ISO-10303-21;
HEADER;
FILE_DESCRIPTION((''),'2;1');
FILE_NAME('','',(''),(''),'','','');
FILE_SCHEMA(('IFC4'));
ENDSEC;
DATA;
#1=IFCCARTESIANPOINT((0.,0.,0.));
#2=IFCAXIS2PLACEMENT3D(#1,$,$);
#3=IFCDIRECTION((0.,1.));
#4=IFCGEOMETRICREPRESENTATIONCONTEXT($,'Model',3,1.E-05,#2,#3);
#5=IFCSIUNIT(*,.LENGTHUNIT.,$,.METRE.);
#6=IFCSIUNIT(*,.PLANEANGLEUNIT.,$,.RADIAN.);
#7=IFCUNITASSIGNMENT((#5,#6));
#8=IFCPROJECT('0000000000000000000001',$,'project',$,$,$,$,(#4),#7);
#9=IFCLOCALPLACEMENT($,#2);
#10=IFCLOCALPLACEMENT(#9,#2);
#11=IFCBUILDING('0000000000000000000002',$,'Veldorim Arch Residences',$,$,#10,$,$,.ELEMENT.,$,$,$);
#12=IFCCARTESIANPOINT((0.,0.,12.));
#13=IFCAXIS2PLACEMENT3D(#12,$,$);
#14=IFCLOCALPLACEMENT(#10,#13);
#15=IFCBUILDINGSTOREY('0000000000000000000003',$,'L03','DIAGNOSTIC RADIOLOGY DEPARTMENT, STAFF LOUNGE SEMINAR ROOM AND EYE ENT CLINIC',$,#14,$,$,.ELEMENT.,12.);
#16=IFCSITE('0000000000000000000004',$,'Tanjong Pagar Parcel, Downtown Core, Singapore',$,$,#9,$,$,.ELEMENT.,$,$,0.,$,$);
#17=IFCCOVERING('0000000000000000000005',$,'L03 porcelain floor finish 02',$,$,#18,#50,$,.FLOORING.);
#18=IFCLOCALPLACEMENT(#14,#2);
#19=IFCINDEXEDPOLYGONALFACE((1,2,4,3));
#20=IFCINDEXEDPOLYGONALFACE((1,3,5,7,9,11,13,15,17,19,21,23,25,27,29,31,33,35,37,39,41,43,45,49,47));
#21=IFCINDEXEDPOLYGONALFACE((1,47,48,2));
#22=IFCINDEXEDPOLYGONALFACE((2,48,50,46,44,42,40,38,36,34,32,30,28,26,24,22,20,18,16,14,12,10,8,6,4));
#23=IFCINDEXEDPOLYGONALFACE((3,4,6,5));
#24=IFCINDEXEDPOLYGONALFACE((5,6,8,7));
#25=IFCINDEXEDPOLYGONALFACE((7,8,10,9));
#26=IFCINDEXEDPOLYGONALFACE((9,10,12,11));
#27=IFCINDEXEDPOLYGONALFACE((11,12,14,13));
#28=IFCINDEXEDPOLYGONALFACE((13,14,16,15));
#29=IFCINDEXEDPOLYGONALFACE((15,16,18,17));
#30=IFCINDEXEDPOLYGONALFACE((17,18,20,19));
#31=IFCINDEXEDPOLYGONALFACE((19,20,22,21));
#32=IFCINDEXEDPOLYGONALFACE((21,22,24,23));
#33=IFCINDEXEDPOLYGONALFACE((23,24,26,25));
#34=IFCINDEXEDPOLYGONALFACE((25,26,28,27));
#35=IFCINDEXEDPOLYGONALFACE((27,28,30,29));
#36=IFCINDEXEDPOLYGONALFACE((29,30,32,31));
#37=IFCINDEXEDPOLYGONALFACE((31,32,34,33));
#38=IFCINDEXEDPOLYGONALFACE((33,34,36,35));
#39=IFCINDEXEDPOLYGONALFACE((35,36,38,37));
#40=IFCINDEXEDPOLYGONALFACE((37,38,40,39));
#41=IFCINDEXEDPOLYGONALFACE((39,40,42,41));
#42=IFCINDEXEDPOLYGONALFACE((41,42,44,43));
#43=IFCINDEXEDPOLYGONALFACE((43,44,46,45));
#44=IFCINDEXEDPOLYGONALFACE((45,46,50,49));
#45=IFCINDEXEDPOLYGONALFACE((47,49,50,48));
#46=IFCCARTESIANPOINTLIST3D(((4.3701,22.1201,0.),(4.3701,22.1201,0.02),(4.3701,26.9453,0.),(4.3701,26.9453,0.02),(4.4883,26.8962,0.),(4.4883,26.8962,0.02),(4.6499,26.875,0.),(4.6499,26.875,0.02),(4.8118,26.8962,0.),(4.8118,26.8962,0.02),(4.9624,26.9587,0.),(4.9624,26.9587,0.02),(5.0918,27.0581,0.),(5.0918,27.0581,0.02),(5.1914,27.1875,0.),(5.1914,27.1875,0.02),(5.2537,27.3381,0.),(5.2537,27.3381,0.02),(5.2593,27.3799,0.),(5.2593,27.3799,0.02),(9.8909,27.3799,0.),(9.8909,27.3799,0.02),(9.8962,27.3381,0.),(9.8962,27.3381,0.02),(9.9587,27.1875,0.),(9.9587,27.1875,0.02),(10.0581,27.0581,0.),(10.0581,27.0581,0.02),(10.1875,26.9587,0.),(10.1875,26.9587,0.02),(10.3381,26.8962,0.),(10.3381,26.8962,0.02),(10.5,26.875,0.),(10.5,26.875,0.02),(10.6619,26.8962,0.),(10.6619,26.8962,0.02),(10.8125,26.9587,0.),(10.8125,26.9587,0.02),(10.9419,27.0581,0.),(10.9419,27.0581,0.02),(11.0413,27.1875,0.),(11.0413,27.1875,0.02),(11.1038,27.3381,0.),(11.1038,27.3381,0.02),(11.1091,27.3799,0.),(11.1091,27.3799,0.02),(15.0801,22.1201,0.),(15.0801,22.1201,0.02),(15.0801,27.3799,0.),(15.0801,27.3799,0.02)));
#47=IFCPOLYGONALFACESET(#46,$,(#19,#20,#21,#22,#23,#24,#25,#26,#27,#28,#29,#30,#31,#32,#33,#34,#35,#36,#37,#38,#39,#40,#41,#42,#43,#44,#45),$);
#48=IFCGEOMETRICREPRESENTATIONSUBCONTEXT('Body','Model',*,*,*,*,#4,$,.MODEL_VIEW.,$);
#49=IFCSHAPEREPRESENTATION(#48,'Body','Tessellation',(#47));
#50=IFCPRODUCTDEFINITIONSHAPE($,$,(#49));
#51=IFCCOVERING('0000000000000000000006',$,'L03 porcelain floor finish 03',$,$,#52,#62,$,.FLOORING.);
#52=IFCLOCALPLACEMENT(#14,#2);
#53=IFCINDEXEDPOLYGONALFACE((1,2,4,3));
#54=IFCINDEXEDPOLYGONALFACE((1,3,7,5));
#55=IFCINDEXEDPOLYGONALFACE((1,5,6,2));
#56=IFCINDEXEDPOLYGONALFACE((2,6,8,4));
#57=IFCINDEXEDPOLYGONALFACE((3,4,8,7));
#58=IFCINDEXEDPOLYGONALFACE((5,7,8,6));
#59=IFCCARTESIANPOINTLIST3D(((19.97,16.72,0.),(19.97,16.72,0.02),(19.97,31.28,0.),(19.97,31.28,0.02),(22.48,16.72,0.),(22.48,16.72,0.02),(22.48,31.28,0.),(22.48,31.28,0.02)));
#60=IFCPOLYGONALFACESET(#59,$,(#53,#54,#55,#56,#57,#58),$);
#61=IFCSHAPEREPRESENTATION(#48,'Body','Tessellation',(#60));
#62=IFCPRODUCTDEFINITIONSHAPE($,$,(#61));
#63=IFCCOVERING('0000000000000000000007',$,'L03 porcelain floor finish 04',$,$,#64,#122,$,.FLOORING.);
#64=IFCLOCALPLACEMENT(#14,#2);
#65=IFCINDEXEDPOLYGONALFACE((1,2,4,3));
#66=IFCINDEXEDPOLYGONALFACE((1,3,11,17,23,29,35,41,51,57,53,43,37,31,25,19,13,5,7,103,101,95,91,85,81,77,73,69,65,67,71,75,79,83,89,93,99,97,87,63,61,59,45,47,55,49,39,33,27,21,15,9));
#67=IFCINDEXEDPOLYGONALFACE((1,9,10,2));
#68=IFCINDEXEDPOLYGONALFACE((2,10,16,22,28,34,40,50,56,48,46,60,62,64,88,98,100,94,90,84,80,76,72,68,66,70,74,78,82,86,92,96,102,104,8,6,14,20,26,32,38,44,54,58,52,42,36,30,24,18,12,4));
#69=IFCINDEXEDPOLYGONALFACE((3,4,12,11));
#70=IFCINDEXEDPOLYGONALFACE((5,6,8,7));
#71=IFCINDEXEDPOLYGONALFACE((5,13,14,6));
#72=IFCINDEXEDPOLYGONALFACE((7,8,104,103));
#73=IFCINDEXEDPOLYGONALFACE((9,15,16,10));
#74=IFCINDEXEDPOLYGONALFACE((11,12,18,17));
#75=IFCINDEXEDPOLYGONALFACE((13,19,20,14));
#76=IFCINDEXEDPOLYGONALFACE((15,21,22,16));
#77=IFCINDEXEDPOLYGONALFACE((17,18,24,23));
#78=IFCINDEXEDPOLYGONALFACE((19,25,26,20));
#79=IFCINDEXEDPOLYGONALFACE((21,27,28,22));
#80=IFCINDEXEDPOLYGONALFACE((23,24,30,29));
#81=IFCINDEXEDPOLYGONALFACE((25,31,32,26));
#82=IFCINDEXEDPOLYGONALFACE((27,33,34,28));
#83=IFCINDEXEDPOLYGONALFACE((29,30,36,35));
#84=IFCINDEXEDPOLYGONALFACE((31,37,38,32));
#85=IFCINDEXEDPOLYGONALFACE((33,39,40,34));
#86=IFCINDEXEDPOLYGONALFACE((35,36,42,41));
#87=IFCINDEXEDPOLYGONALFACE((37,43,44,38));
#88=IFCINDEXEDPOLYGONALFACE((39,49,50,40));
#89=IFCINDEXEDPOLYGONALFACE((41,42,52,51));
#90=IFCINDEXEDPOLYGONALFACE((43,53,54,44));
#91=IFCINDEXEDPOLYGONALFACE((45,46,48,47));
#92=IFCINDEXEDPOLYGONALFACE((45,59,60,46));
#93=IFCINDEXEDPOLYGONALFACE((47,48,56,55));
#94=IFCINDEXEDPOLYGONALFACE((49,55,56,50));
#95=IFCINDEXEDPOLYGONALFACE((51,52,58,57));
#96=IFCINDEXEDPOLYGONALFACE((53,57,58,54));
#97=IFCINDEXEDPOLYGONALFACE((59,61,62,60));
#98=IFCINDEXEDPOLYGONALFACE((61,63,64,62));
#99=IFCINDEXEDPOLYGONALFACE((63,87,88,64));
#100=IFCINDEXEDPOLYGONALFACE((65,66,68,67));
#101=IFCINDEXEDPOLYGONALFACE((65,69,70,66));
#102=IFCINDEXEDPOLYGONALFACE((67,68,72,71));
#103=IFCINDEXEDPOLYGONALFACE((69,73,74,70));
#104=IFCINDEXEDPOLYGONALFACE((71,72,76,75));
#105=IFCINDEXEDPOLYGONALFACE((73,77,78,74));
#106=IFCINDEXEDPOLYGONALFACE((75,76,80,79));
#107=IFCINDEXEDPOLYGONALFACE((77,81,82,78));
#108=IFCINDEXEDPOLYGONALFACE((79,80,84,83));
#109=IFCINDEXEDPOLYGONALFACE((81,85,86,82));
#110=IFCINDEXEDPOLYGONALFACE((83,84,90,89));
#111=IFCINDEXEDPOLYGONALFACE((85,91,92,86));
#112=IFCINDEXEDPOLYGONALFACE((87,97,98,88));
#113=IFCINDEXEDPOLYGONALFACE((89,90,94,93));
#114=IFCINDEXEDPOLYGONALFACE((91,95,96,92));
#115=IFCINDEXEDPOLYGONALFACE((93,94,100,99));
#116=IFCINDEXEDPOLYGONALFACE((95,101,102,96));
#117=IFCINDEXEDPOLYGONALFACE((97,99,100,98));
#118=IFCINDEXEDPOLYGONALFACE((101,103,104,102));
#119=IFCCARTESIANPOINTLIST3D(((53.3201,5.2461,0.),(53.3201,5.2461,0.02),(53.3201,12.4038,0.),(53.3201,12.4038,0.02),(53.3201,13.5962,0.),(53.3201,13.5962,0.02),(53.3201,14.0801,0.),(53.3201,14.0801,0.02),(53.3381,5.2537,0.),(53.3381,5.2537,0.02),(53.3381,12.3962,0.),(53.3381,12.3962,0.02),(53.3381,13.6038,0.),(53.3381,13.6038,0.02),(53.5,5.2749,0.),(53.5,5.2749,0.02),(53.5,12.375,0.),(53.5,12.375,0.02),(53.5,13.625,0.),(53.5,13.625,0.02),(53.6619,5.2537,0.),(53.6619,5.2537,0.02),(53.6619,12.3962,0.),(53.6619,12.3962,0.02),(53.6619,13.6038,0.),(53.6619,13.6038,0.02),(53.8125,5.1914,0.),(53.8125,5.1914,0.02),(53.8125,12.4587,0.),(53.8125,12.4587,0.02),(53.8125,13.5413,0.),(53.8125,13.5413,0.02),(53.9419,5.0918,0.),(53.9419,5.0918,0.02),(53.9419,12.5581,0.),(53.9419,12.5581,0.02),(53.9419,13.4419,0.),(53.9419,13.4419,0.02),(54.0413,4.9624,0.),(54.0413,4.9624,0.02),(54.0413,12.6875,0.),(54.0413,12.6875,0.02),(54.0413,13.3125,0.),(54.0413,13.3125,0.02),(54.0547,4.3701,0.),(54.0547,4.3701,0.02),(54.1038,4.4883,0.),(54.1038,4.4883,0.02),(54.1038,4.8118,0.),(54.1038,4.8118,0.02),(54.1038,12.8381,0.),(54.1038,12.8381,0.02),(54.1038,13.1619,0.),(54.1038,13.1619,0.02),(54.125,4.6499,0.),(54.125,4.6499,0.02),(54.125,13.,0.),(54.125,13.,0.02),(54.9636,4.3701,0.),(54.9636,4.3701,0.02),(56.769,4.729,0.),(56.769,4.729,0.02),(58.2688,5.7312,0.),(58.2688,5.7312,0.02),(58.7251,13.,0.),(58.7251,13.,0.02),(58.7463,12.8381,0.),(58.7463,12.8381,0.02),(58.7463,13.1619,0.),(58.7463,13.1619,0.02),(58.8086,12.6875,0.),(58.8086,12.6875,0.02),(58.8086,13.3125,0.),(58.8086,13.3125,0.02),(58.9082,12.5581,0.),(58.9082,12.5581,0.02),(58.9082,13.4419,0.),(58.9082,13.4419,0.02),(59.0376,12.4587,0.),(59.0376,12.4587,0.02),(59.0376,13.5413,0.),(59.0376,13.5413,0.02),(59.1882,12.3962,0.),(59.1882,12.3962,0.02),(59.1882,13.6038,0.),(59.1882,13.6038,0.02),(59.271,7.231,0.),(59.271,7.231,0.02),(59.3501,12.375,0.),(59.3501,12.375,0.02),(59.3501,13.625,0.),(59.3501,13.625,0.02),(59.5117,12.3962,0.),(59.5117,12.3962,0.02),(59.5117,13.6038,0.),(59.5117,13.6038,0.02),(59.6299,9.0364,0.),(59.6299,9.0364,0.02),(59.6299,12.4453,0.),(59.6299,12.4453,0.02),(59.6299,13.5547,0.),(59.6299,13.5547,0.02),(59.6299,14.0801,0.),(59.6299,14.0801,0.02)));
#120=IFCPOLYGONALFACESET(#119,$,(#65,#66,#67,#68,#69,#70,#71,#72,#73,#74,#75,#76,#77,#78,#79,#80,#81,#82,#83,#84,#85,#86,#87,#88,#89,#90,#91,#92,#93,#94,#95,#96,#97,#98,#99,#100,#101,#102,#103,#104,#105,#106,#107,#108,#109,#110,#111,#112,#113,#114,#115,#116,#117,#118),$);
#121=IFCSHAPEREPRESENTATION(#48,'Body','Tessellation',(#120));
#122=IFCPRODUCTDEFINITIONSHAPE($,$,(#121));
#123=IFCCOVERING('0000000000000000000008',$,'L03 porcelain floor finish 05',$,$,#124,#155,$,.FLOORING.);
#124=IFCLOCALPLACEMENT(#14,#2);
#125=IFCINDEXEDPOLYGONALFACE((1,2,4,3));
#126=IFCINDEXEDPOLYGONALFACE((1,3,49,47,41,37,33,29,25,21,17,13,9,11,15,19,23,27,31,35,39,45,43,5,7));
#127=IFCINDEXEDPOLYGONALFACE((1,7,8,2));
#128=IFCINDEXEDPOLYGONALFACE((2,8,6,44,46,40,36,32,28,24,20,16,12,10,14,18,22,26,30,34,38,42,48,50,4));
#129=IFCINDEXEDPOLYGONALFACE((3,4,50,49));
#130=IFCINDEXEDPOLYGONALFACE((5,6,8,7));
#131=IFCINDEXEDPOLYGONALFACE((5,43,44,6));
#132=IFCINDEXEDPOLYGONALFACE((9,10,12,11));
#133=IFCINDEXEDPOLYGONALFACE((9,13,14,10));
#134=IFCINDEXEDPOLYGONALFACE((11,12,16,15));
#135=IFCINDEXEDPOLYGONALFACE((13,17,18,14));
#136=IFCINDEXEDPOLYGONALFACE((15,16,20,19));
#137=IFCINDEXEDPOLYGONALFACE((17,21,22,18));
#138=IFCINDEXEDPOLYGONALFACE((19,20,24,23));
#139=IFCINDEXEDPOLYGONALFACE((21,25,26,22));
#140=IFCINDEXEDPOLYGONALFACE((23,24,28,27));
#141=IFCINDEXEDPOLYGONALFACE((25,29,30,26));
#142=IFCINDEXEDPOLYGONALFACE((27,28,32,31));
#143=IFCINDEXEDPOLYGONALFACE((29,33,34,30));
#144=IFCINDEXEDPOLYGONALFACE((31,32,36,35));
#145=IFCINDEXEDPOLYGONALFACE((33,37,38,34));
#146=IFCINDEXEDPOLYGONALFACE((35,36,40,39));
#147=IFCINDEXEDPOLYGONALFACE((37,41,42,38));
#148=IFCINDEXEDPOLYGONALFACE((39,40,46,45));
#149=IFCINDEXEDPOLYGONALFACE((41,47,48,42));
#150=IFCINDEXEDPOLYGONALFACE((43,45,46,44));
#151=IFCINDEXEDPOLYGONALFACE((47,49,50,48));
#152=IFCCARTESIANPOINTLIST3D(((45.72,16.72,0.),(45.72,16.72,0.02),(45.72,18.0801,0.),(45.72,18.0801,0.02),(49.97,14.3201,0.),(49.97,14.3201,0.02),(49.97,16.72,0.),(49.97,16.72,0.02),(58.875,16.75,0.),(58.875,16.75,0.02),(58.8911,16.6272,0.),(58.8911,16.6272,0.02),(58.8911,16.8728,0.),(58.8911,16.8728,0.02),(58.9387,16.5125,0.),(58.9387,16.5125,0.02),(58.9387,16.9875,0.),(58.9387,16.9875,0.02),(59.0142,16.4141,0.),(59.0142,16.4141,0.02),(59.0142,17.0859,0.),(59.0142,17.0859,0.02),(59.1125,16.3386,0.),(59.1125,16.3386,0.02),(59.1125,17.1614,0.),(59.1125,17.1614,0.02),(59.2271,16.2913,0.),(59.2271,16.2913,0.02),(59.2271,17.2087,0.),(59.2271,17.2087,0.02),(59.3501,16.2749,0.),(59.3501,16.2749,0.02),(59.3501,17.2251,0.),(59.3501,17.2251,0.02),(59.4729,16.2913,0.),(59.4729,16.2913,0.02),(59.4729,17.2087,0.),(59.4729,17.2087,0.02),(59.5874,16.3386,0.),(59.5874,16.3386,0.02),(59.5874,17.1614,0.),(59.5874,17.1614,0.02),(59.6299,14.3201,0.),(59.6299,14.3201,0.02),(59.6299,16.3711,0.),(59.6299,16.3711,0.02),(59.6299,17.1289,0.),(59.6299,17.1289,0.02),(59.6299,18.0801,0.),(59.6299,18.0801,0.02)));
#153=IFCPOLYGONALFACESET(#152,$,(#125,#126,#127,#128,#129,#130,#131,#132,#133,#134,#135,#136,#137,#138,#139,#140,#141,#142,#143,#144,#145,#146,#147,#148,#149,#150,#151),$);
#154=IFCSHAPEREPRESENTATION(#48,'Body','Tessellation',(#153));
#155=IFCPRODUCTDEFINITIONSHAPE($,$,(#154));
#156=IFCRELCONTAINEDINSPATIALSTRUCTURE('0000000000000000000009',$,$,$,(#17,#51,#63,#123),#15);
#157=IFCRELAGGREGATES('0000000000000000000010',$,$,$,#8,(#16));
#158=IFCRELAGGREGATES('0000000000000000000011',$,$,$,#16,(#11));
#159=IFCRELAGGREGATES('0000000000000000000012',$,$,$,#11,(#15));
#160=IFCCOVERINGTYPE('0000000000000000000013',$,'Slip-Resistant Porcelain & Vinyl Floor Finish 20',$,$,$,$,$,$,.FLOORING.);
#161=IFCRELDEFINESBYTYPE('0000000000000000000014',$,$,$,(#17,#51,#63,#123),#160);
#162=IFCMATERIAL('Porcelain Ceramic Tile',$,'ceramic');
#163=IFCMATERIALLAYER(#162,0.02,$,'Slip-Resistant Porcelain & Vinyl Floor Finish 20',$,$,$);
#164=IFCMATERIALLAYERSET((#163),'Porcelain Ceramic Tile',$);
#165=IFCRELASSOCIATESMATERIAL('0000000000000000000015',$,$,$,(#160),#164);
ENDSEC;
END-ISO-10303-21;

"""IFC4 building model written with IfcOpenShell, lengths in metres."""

from ifc_helpers import new_model, si_unit, direction, frame, origin, place, context, subcontext, project, spatial, polyline, outline, extrude, material, layer, layer_set, type_object, element, save


model = new_model("IFC4")

# Units and contexts
model_context = context("Model", 3, precision=1e-05, world=origin(), true_north=direction((0.0, 1.0)))
body_context = subcontext(model_context, "Body", "Model", "MODEL_VIEW")
ifc_project = project(units=[si_unit("LENGTHUNIT", "METRE"), si_unit("PLANEANGLEUNIT", "RADIAN")], contexts=[model_context])

# Site, building, storey
site_placement = place(None, origin())
site = spatial("IfcSite", under=ifc_project, at=site_placement, Name="Tanjong Pagar Parcel, Downtown Core, Singapore", CompositionType="ELEMENT", RefElevation=0.0)
building_placement = place(site_placement, origin())
building = spatial("IfcBuilding", under=site, at=building_placement, Name="Veldorim Arch Residences", CompositionType="ELEMENT")
storey_placement = place(building_placement, frame((0.0, 0.0, 12.0)))
storey = spatial("IfcBuildingStorey", under=building, at=storey_placement, Name="L03", Description="DIAGNOSTIC RADIOLOGY DEPARTMENT, STAFF LOUNGE SEMINAR ROOM AND EYE ENT CLINIC", CompositionType="ELEMENT", Elevation=12.0)

# Coverings
ifc_material_1 = material(Name="Porcelain Ceramic Tile", Category="ceramic")
ifc_layer_1 = layer(ifc_material_1, 0.02, Name="Slip-Resistant Porcelain & Vinyl Floor Finish 20")
ifc_layer_set_1 = layer_set([ifc_layer_1], Name="Porcelain Ceramic Tile")
covering_type_1 = type_object("IfcCoveringType", Name="Slip-Resistant Porcelain & Vinyl Floor Finish 20", PredefinedType="FLOORING", material=ifc_layer_set_1)
covering_1_placement = place(storey_placement, origin())
element("IfcCovering", 1, at=covering_1_placement, inside=storey, type_object=covering_type_1, Name="L03 porcelain floor finish 02", PredefinedType="FLOORING", context=body_context, shape_type="SweptSolid", body=[
    extrude(outline(polyline([(4.3701, 26.9453), (4.4883, 26.8962), (4.6499, 26.875), (4.8118, 26.8962), (4.9624, 26.9587), (5.0918, 27.0581), (5.1914, 27.1875), (5.2537, 27.3381), (5.2593, 27.3799), (9.8909, 27.3799), (9.8962, 27.3381), (9.9587, 27.1875), (10.0581, 27.0581), (10.1875, 26.9587), (10.3381, 26.8962), (10.5, 26.875), (10.6619, 26.8962), (10.8125, 26.9587), (10.9419, 27.0581), (11.0413, 27.1875), (11.1038, 27.3381), (11.1091, 27.3799), (15.0801, 27.3799), (15.0801, 22.1201), (4.3701, 22.1201), (4.3701, 26.9453)])), origin(), (0.0, 0.0, 1.0), 0.02),
])
covering_2_placement = place(storey_placement, origin())
element("IfcCovering", 2, at=covering_2_placement, inside=storey, type_object=covering_type_1, Name="L03 porcelain floor finish 03", PredefinedType="FLOORING", context=body_context, shape_type="SweptSolid", body=[
    extrude(outline(polyline([(22.48, 31.28), (22.48, 16.72), (19.97, 16.72), (19.97, 31.28), (22.48, 31.28)])), origin(), (0.0, 0.0, 1.0), 0.02),
])
covering_3_placement = place(storey_placement, origin())
element("IfcCovering", 3, at=covering_3_placement, inside=storey, type_object=covering_type_1, Name="L03 porcelain floor finish 04", PredefinedType="FLOORING", context=body_context, shape_type="SweptSolid", body=[
    extrude(outline(polyline([(58.2688, 5.7312), (56.769, 4.729), (54.9636, 4.3701), (54.0547, 4.3701), (54.1038, 4.4883), (54.125, 4.6499), (54.1038, 4.8118), (54.0413, 4.9624), (53.9419, 5.0918), (53.8125, 5.1914), (53.6619, 5.2537), (53.5, 5.2749), (53.3381, 5.2537), (53.3201, 5.2461), (53.3201, 12.4038), (53.3381, 12.3962), (53.5, 12.375), (53.6619, 12.3962), (53.8125, 12.4587), (53.9419, 12.5581), (54.0413, 12.6875), (54.1038, 12.8381), (54.125, 13.0), (54.1038, 13.1619), (54.0413, 13.3125), (53.9419, 13.4419), (53.8125, 13.5413), (53.6619, 13.6038), (53.5, 13.625), (53.3381, 13.6038), (53.3201, 13.5962), (53.3201, 14.0801), (59.6299, 14.0801), (59.6299, 13.5547), (59.5117, 13.6038), (59.3501, 13.625), (59.1882, 13.6038), (59.0376, 13.5413), (58.9082, 13.4419), (58.8086, 13.3125), (58.7463, 13.1619), (58.7251, 13.0), (58.7463, 12.8381), (58.8086, 12.6875), (58.9082, 12.5581), (59.0376, 12.4587), (59.1882, 12.3962), (59.3501, 12.375), (59.5117, 12.3962), (59.6299, 12.4453), (59.6299, 9.0364), (59.271, 7.231), (58.2688, 5.7312)])), origin(), (0.0, 0.0, 1.0), 0.02),
])
covering_4_placement = place(storey_placement, origin())
element("IfcCovering", 4, at=covering_4_placement, inside=storey, type_object=covering_type_1, Name="L03 porcelain floor finish 05", PredefinedType="FLOORING", context=body_context, shape_type="SweptSolid", body=[
    extrude(outline(polyline([(49.97, 16.72), (45.72, 16.72), (45.72, 18.0801), (59.6299, 18.0801), (59.6299, 17.1289), (59.5874, 17.1614), (59.4729, 17.2087), (59.3501, 17.2251), (59.2271, 17.2087), (59.1125, 17.1614), (59.0142, 17.0859), (58.9387, 16.9875), (58.8911, 16.8728), (58.875, 16.75), (58.8911, 16.6272), (58.9387, 16.5125), (59.0142, 16.4141), (59.1125, 16.3386), (59.2271, 16.2913), (59.3501, 16.2749), (59.4729, 16.2913), (59.5874, 16.3386), (59.6299, 16.3711), (59.6299, 14.3201), (49.97, 14.3201), (49.97, 16.72)])), origin(), (0.0, 0.0, 1.0), 0.02),
])

save(model, "model.ifc")
